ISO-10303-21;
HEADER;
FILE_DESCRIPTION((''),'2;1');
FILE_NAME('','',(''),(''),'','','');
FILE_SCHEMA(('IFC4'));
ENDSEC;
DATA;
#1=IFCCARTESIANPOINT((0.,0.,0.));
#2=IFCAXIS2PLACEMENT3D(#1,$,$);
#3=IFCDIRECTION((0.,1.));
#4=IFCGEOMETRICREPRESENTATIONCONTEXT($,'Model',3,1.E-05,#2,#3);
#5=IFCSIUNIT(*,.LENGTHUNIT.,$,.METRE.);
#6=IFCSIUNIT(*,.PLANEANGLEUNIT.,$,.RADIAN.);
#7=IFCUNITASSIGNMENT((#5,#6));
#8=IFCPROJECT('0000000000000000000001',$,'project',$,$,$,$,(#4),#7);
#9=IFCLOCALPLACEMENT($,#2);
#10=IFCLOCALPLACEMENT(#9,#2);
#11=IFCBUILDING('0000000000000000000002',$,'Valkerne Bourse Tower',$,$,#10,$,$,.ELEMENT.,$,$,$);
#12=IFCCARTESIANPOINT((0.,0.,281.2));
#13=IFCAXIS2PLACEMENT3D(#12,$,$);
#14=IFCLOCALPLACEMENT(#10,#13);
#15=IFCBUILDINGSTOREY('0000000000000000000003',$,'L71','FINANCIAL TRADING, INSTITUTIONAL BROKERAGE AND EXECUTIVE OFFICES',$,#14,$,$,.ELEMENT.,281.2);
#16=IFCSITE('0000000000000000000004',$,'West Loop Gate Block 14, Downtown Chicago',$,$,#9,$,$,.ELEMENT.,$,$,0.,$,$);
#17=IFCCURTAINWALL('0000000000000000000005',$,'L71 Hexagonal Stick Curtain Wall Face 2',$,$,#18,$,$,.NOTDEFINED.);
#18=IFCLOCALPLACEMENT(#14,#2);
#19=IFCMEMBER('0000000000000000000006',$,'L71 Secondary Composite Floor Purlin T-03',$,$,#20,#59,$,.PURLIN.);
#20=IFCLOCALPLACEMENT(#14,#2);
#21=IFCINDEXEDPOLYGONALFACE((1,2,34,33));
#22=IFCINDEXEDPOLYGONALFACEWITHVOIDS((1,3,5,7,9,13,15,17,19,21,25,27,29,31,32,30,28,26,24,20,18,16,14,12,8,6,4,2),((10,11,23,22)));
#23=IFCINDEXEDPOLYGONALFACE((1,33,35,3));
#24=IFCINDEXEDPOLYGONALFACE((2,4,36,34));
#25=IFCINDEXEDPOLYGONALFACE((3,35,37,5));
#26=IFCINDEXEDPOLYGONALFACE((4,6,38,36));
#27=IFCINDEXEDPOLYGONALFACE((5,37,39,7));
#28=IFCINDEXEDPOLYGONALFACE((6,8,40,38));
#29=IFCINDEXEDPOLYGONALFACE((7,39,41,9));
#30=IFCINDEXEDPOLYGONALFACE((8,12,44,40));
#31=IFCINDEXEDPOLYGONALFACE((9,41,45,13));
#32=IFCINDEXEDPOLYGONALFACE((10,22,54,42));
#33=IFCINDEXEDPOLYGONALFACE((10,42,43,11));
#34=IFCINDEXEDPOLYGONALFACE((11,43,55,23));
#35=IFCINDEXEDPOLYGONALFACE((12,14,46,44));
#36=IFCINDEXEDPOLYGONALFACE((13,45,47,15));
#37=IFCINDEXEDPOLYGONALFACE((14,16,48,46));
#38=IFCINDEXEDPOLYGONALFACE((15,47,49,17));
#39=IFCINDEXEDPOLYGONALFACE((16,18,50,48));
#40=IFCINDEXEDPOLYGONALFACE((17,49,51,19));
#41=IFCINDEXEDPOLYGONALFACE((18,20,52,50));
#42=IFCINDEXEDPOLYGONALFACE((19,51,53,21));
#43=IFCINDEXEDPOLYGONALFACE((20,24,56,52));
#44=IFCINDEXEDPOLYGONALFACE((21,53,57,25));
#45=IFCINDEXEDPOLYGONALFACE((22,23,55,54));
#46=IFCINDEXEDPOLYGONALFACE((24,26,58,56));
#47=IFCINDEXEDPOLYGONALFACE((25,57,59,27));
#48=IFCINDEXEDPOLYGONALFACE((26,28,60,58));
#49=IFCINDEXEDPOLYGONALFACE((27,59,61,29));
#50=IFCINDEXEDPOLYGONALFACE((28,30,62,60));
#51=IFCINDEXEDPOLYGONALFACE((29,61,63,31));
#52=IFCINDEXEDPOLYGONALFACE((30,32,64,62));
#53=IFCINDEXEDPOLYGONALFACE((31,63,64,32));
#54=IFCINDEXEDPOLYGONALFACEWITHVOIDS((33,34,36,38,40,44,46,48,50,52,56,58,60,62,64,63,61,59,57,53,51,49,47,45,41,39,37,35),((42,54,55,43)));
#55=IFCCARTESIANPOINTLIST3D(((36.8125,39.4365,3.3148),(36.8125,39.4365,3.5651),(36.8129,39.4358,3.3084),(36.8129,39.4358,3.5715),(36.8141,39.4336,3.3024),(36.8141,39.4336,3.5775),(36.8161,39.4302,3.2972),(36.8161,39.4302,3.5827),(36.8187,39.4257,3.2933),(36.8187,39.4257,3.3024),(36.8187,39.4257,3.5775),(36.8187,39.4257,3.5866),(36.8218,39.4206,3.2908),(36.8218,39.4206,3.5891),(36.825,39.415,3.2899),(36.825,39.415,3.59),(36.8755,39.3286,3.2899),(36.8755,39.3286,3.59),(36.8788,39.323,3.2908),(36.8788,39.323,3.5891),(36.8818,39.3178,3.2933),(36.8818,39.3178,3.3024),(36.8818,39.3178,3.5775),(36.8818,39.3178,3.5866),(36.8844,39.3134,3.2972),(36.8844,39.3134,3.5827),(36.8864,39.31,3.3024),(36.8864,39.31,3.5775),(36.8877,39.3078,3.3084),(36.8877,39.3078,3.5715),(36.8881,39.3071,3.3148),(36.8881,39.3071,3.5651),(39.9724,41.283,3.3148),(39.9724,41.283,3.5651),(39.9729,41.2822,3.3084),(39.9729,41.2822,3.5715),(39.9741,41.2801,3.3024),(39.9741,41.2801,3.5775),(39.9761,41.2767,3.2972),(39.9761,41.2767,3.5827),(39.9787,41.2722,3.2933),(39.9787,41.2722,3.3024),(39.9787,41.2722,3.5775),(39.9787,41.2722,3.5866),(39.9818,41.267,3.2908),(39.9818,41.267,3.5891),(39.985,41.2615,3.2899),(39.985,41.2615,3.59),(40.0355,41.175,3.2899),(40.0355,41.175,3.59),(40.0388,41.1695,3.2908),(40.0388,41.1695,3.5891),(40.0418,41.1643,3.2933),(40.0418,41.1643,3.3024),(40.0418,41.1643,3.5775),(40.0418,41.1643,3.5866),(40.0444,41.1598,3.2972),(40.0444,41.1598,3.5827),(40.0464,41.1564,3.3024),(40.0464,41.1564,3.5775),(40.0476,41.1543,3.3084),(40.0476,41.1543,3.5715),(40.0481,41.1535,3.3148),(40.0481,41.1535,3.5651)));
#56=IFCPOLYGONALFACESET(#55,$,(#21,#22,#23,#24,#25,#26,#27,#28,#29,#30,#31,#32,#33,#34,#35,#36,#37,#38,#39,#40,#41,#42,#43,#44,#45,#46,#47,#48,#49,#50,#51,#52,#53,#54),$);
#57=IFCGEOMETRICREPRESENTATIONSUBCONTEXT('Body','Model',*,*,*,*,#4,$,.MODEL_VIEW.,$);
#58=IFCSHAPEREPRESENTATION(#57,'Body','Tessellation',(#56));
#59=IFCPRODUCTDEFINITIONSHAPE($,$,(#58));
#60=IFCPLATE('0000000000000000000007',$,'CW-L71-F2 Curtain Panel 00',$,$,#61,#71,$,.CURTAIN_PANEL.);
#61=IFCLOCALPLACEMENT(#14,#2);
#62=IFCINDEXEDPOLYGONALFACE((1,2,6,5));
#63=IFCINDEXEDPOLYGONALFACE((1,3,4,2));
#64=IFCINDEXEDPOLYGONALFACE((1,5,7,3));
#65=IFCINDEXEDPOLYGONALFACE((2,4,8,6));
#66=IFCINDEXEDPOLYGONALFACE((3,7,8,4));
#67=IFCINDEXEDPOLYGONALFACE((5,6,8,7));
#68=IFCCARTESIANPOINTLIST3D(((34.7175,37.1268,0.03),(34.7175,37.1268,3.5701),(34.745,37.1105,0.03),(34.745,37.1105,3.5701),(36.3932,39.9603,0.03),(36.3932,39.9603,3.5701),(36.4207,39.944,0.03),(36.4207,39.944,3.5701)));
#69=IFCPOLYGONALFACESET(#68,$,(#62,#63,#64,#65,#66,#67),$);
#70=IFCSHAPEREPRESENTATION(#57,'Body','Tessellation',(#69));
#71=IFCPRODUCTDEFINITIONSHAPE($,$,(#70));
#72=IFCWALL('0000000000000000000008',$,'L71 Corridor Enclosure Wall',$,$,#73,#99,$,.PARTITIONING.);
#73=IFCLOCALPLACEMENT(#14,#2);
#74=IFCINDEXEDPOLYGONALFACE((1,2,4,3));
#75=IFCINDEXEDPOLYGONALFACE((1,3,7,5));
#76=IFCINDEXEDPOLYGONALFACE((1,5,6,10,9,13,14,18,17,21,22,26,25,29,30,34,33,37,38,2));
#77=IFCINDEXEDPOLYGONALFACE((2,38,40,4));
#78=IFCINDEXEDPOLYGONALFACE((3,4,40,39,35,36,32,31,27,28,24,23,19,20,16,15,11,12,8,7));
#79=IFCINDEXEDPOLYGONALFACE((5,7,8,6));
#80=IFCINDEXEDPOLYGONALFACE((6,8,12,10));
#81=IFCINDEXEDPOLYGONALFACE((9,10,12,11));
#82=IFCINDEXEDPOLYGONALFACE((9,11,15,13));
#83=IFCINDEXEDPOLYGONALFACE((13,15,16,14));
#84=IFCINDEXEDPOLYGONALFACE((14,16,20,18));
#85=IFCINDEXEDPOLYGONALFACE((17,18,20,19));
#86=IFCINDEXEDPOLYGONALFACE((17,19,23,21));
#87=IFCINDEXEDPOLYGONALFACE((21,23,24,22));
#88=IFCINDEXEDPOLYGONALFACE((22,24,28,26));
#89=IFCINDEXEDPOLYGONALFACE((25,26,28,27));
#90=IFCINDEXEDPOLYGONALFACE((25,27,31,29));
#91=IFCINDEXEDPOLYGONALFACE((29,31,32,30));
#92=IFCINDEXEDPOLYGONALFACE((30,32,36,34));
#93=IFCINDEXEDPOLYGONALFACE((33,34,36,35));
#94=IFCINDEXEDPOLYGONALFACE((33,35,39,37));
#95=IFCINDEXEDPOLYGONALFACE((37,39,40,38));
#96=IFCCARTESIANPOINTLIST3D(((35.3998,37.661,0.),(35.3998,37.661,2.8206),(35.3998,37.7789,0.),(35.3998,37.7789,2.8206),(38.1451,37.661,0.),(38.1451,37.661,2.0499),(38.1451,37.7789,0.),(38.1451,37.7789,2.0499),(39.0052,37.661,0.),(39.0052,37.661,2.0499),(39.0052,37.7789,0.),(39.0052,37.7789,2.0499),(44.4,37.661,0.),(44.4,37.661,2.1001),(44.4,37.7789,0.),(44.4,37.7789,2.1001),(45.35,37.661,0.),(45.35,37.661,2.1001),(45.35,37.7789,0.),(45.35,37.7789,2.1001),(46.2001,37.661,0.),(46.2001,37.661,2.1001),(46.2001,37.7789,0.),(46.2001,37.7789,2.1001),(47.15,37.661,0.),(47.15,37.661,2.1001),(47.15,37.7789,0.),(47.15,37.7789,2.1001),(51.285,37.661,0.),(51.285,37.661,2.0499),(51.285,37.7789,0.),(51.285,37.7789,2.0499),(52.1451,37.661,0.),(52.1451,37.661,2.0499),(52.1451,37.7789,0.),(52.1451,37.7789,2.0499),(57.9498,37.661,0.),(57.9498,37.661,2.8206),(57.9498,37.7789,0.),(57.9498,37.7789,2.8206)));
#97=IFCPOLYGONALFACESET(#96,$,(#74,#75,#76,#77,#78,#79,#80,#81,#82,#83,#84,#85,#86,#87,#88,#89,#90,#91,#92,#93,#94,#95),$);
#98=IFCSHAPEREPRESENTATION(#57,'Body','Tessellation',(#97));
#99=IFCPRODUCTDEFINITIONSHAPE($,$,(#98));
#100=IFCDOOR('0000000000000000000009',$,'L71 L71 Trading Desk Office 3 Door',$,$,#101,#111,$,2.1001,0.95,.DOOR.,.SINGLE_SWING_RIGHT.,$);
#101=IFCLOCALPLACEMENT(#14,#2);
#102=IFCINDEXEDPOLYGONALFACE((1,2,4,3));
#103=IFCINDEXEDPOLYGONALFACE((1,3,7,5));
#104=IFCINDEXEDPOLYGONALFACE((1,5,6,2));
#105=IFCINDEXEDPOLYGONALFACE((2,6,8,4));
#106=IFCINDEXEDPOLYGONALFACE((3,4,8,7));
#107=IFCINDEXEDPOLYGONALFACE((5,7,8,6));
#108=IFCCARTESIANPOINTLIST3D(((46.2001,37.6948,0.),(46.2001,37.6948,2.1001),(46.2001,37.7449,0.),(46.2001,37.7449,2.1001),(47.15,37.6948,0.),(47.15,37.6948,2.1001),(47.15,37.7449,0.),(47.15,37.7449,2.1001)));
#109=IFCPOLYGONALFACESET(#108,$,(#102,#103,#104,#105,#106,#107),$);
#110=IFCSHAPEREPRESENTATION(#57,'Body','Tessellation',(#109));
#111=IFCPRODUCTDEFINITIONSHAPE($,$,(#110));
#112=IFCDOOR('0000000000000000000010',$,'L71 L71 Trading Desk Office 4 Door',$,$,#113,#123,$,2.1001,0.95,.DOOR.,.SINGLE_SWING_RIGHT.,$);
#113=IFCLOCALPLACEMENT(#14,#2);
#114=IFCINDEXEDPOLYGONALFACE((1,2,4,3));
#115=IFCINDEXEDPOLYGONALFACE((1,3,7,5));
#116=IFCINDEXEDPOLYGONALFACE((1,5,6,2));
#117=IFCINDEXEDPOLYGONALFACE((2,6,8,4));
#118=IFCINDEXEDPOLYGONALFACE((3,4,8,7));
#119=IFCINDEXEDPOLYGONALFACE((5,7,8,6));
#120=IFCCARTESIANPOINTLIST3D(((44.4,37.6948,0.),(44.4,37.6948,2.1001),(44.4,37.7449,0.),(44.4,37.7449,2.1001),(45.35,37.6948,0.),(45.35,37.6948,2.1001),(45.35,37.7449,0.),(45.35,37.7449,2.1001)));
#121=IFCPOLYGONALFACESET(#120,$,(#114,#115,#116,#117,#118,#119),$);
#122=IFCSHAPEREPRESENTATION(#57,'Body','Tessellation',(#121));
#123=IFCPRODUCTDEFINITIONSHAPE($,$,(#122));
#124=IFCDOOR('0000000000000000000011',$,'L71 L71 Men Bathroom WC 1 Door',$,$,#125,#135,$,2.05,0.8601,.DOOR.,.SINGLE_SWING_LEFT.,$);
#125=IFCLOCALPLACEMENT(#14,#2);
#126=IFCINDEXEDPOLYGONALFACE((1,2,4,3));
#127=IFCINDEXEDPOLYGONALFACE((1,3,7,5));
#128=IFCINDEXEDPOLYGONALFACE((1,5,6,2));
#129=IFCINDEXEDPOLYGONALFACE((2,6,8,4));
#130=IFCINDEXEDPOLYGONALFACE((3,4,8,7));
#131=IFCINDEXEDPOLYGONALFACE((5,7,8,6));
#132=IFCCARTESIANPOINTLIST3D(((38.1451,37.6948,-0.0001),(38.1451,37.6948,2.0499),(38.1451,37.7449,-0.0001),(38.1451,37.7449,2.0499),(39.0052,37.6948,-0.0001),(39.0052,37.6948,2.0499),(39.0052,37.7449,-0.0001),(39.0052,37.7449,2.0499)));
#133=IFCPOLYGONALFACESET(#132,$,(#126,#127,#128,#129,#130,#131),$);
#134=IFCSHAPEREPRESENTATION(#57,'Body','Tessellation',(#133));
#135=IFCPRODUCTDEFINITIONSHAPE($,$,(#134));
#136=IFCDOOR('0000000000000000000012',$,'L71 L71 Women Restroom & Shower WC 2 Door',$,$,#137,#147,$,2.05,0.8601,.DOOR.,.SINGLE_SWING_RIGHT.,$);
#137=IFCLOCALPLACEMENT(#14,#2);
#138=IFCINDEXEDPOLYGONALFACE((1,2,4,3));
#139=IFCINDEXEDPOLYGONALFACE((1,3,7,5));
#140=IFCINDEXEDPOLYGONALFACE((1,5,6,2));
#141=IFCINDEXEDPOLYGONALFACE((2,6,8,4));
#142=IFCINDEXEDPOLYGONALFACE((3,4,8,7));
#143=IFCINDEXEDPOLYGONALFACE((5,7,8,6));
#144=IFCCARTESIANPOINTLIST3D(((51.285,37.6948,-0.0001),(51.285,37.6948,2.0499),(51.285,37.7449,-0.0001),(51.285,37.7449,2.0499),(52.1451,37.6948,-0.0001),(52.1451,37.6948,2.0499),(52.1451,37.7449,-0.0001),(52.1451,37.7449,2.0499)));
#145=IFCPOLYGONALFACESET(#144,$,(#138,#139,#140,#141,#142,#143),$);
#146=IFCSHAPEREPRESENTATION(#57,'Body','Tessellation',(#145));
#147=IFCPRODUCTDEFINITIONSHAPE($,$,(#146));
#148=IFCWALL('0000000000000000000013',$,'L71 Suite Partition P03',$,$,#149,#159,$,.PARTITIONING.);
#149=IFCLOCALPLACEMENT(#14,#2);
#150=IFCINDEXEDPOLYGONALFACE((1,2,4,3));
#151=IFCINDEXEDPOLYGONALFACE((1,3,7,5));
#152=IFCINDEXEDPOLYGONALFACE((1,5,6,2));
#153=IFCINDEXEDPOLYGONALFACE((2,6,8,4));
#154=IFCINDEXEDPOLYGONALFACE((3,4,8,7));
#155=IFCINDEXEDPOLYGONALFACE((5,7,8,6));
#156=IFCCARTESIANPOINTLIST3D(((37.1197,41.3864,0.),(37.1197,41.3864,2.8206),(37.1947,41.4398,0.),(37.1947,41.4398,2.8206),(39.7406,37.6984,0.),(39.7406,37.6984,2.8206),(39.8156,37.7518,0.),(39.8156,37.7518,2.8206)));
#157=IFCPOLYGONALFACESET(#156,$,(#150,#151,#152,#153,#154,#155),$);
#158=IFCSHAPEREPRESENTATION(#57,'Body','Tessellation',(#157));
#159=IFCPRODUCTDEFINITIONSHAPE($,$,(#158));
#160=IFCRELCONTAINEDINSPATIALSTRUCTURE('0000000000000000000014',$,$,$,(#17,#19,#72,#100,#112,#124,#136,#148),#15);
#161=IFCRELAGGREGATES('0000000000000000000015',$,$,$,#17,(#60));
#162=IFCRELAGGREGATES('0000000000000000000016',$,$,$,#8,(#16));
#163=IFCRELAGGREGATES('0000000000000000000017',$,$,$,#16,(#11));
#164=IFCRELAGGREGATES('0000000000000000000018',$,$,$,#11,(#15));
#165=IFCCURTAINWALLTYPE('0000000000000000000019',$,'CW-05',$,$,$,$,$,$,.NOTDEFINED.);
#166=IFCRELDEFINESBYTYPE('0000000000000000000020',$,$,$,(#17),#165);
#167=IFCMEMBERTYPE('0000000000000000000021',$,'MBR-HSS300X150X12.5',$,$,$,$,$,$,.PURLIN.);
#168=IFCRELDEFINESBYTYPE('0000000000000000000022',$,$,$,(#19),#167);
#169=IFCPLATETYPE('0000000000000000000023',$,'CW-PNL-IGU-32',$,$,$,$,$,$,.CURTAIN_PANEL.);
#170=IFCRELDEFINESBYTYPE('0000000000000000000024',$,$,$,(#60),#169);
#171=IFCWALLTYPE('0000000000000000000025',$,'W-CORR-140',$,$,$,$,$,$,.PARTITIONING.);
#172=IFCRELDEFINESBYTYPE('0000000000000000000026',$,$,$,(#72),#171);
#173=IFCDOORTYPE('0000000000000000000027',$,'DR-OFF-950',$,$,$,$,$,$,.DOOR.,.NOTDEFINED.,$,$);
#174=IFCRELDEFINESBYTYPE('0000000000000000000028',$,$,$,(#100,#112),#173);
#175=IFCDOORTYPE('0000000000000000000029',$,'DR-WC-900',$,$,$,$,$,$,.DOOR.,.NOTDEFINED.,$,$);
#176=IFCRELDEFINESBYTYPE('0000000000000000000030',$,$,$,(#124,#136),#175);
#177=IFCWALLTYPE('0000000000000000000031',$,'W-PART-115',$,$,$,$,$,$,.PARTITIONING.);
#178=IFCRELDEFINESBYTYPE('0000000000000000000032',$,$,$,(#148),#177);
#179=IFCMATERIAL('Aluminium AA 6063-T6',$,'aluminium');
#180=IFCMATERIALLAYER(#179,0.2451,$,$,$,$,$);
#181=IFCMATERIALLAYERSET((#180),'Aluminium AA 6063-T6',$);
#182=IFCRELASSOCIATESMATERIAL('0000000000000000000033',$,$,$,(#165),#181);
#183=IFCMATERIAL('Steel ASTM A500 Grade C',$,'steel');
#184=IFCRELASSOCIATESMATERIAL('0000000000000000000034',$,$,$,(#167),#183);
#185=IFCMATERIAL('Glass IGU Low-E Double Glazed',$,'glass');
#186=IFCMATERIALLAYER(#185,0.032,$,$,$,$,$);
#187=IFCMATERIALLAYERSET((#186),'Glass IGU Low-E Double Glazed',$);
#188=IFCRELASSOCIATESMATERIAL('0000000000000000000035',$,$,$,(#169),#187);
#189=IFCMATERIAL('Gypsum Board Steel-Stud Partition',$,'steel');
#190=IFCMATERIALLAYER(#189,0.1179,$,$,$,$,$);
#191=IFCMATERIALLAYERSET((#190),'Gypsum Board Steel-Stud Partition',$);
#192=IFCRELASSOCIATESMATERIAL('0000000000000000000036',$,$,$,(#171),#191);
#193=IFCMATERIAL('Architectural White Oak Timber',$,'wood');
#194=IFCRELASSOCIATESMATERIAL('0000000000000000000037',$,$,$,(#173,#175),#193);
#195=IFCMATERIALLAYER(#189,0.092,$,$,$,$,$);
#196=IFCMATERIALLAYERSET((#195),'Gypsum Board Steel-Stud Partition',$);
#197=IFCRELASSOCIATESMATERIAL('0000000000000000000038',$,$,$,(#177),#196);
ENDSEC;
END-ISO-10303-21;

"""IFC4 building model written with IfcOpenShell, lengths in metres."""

from ifc_helpers import new_model, si_unit, direction, frame, frame_2d, origin, origin_2d, place, context, subcontext, project, spatial, rectangle, hollow_rectangle, extrude, material, layer, layer_set, material_profile, profile_set, type_object, element, fill, aggregate, save


model = new_model("IFC4")

# Units and contexts
model_context = context("Model", 3, precision=1e-05, world=origin(), true_north=direction((0.0, 1.0)))
body_context = subcontext(model_context, "Body", "Model", "MODEL_VIEW")
ifc_project = project(units=[si_unit("LENGTHUNIT", "METRE"), si_unit("PLANEANGLEUNIT", "RADIAN")], contexts=[model_context])

# Site, building, storey
site_placement = place(None, origin())
site = spatial("IfcSite", under=ifc_project, at=site_placement, Name="West Loop Gate Block 14, Downtown Chicago", CompositionType="ELEMENT", RefElevation=0.0)
building_placement = place(site_placement, origin())
building = spatial("IfcBuilding", under=site, at=building_placement, Name="Valkerne Bourse Tower", CompositionType="ELEMENT")
storey_placement = place(building_placement, frame((0.0, 0.0, 281.2)))
storey = spatial("IfcBuildingStorey", under=building, at=storey_placement, Name="L71", Description="FINANCIAL TRADING, INSTITUTIONAL BROKERAGE AND EXECUTIVE OFFICES", CompositionType="ELEMENT", Elevation=281.2)

# Curtain wall
ifc_material_1 = material(Name="Aluminium AA 6063-T6", Category="aluminium")
ifc_layer_1 = layer(ifc_material_1, 0.2451)
ifc_layer_set_1 = layer_set([ifc_layer_1], Name="Aluminium AA 6063-T6")
curtain_wall_type = type_object("IfcCurtainWallType", Name="CW-05", PredefinedType="NOTDEFINED", material=ifc_layer_set_1)
curtain_wall_placement = place(storey_placement, origin())
curtain_wall = element("IfcCurtainWall", 1, at=curtain_wall_placement, inside=storey, type_object=curtain_wall_type, Name="L71 Hexagonal Stick Curtain Wall Face 2", PredefinedType="NOTDEFINED")

# Member
ifc_material_2 = material(Name="Steel ASTM A500 Grade C", Category="steel")
ifc_material_profile_1 = material_profile(ifc_material_2, hollow_rectangle(XDim=0.1499, YDim=0.3, WallThickness=0.0125, OuterFilletRadius=0.0249, at=origin_2d()), Name="HSS300X150X12.5")
ifc_profile_set_1 = profile_set([ifc_material_profile_1], Name="Steel ASTM A500 Grade C")
member_type_1 = type_object("IfcMemberType", Name="MBR-HSS300X150X12.5", PredefinedType="PURLIN", material=ifc_profile_set_1)
member_1_placement = place(storey_placement, frame((40.0103, 41.2183, 3.4399), z_axis=(-0.863404, -0.504514, 0.0), x_axis=(0.504514, -0.863404, 0.0)))
element("IfcMember", 2, at=member_1_placement, inside=storey, type_object=member_type_1, Name="L71 Secondary Composite Floor Purlin T-03", PredefinedType="PURLIN", context=body_context, shape_type="SweptSolid", body=[
    extrude(hollow_rectangle(XDim=0.1499, YDim=0.3, WallThickness=0.0125, OuterFilletRadius=0.0249, at=origin_2d()), origin(), (0.0, 0.0, 1.0), 3.6599),
])

# Plate
ifc_material_3 = material(Name="Glass IGU Low-E Double Glazed", Category="glass")
ifc_layer_2 = layer(ifc_material_3, 0.032)
ifc_layer_set_2 = layer_set([ifc_layer_2], Name="Glass IGU Low-E Double Glazed")
plate_type = type_object("IfcPlateType", Name="CW-PNL-IGU-32", PredefinedType="CURTAIN_PANEL", material=ifc_layer_set_2)
plate_placement = place(storey_placement, frame((35.5691, 38.5354, 0.03), z_axis=(0.0, 0.0, 1.0), x_axis=(-0.509039, -0.860744, 0.0)))
plate = element("IfcPlate", 3, at=plate_placement, type_object=plate_type, Name="CW-L71-F2 Curtain Panel 00", PredefinedType="CURTAIN_PANEL", context=body_context, shape_type="SweptSolid", body=[
    extrude(rectangle(XDim=3.292, YDim=0.032, at=origin_2d()), origin(), (0.0, 0.0, 1.0), 3.54),
])
aggregate(curtain_wall, [plate])

# Wall, openings, doors
ifc_material_4 = material(Name="Gypsum Board Steel-Stud Partition", Category="steel")
ifc_layer_3 = layer(ifc_material_4, 0.1179)
ifc_layer_set_3 = layer_set([ifc_layer_3], Name="Gypsum Board Steel-Stud Partition")
wall_type_1 = type_object("IfcWallType", Name="W-CORR-140", PredefinedType="PARTITIONING", material=ifc_layer_set_3)
wall_1_placement = place(storey_placement, frame((35.3999, 37.72, 0.0), z_axis=(0.0, 0.0, 1.0), x_axis=(1.0, 0.0, 0.0)))
wall_1 = element("IfcWall", 4, at=wall_1_placement, inside=storey, type_object=wall_type_1, Name="L71 Corridor Enclosure Wall", PredefinedType="PARTITIONING", context=body_context, shape_type="SweptSolid", body=[
    extrude(rectangle(XDim=22.55, YDim=0.1179, at=frame_2d((11.2749, 0.0))), origin(), (0.0, 0.0, 1.0), 2.8206),
])
opening_1_placement = place(wall_1_placement, frame((2.7451, 0.0, 0.0)))
opening_1 = element("IfcOpeningElement", 5, at=opening_1_placement, cuts=wall_1, PredefinedType="OPENING", context=body_context, shape_type="SweptSolid", body=[
    extrude(rectangle(XDim=0.8601, YDim=2.05, at=frame_2d((0.4302, 1.0249))), frame((0.0, 0.0688, 0.0), z_axis=(0.0, -1.0, 0.0), x_axis=(1.0, 0.0, 0.0)), (0.0, 0.0, 1.0), 0.1379),
])
opening_2_placement = place(wall_1_placement, frame((15.885, 0.0, 0.0)))
opening_2 = element("IfcOpeningElement", 6, at=opening_2_placement, cuts=wall_1, PredefinedType="OPENING", context=body_context, shape_type="SweptSolid", body=[
    extrude(rectangle(XDim=0.8601, YDim=2.05, at=frame_2d((0.4302, 1.0249))), frame((0.0, 0.0688, 0.0), z_axis=(0.0, -1.0, 0.0), x_axis=(1.0, 0.0, 0.0)), (0.0, 0.0, 1.0), 0.1379),
])
opening_3_placement = place(wall_1_placement, frame((10.8, 0.0, 0.0)))
opening_3 = element("IfcOpeningElement", 7, at=opening_3_placement, cuts=wall_1, PredefinedType="OPENING", context=body_context, shape_type="SweptSolid", body=[
    extrude(rectangle(XDim=0.95, YDim=2.1001, at=frame_2d((0.4751, 1.05))), frame((0.0, 0.0688, 0.0), z_axis=(0.0, -1.0, 0.0), x_axis=(1.0, 0.0, 0.0)), (0.0, 0.0, 1.0), 0.1379),
])
opening_4_placement = place(wall_1_placement, frame((9.0, 0.0, 0.0)))
opening_4 = element("IfcOpeningElement", 8, at=opening_4_placement, cuts=wall_1, PredefinedType="OPENING", context=body_context, shape_type="SweptSolid", body=[
    extrude(rectangle(XDim=0.95, YDim=2.1001, at=frame_2d((0.4751, 1.05))), frame((0.0, 0.0688, 0.0), z_axis=(0.0, -1.0, 0.0), x_axis=(1.0, 0.0, 0.0)), (0.0, 0.0, 1.0), 0.1379),
])
ifc_material_5 = material(Name="Architectural White Oak Timber", Category="wood")
door_type_1 = type_object("IfcDoorType", Name="DR-OFF-950", OperationType="NOTDEFINED", PredefinedType="DOOR", material=ifc_material_5)
door_1_placement = place(opening_3_placement, origin())
door_1 = element("IfcDoor", 9, at=door_1_placement, inside=storey, type_object=door_type_1, Name="L71 L71 Trading Desk Office 3 Door", OperationType="SINGLE_SWING_RIGHT", OverallHeight=2.1001, OverallWidth=0.95, PredefinedType="DOOR", context=body_context, shape_type="SweptSolid", body=[
    extrude(rectangle(XDim=0.95, YDim=2.1001, at=frame_2d((0.4751, 1.05))), frame((0.0, 0.0249, 0.0), z_axis=(0.0, -1.0, 0.0), x_axis=(1.0, 0.0, 0.0)), (0.0, 0.0, 1.0), 0.05),
])
fill(opening_3, door_1)
door_2_placement = place(opening_4_placement, origin())
door_2 = element("IfcDoor", 10, at=door_2_placement, inside=storey, type_object=door_type_1, Name="L71 L71 Trading Desk Office 4 Door", OperationType="SINGLE_SWING_RIGHT", OverallHeight=2.1001, OverallWidth=0.95, PredefinedType="DOOR", context=body_context, shape_type="SweptSolid", body=[
    extrude(rectangle(XDim=0.95, YDim=2.1001, at=frame_2d((0.4751, 1.05))), frame((0.0, 0.0249, 0.0), z_axis=(0.0, -1.0, 0.0), x_axis=(1.0, 0.0, 0.0)), (0.0, 0.0, 1.0), 0.05),
])
fill(opening_4, door_2)
door_type_2 = type_object("IfcDoorType", Name="DR-WC-900", OperationType="NOTDEFINED", PredefinedType="DOOR", material=ifc_material_5)
door_3_placement = place(opening_1_placement, origin())
door_3 = element("IfcDoor", 11, at=door_3_placement, inside=storey, type_object=door_type_2, Name="L71 L71 Men Bathroom WC 1 Door", OperationType="SINGLE_SWING_LEFT", OverallHeight=2.05, OverallWidth=0.8601, PredefinedType="DOOR", context=body_context, shape_type="SweptSolid", body=[
    extrude(rectangle(XDim=0.8601, YDim=2.05, at=frame_2d((0.4302, 1.0249))), frame((0.0, 0.0249, 0.0), z_axis=(0.0, -1.0, 0.0), x_axis=(1.0, 0.0, 0.0)), (0.0, 0.0, 1.0), 0.05),
])
fill(opening_1, door_3)
door_4_placement = place(opening_2_placement, origin())
door_4 = element("IfcDoor", 12, at=door_4_placement, inside=storey, type_object=door_type_2, Name="L71 L71 Women Restroom & Shower WC 2 Door", OperationType="SINGLE_SWING_RIGHT", OverallHeight=2.05, OverallWidth=0.8601, PredefinedType="DOOR", context=body_context, shape_type="SweptSolid", body=[
    extrude(rectangle(XDim=0.8601, YDim=2.05, at=frame_2d((0.4302, 1.0249))), frame((0.0, 0.0249, 0.0), z_axis=(0.0, -1.0, 0.0), x_axis=(1.0, 0.0, 0.0)), (0.0, 0.0, 1.0), 0.05),
])
fill(opening_2, door_4)

# Wall
ifc_layer_4 = layer(ifc_material_4, 0.092)
ifc_layer_set_4 = layer_set([ifc_layer_4], Name="Gypsum Board Steel-Stud Partition")
wall_type_2 = type_object("IfcWallType", Name="W-PART-115", PredefinedType="PARTITIONING", material=ifc_layer_set_4)
wall_2_placement = place(storey_placement, frame((39.7781, 37.7251, 0.0), z_axis=(0.0, 0.0, 1.0), x_axis=(-0.579271, 0.815135, 0.0)))
element("IfcWall", 13, at=wall_2_placement, inside=storey, type_object=wall_type_2, Name="L71 Suite Partition P03", PredefinedType="PARTITIONING", context=body_context, shape_type="SweptSolid", body=[
    extrude(rectangle(XDim=4.5244, YDim=0.092, at=frame_2d((2.2622, 0.0))), origin(), (0.0, 0.0, 1.0), 2.8206),
])

save(model, "model.ifc")
